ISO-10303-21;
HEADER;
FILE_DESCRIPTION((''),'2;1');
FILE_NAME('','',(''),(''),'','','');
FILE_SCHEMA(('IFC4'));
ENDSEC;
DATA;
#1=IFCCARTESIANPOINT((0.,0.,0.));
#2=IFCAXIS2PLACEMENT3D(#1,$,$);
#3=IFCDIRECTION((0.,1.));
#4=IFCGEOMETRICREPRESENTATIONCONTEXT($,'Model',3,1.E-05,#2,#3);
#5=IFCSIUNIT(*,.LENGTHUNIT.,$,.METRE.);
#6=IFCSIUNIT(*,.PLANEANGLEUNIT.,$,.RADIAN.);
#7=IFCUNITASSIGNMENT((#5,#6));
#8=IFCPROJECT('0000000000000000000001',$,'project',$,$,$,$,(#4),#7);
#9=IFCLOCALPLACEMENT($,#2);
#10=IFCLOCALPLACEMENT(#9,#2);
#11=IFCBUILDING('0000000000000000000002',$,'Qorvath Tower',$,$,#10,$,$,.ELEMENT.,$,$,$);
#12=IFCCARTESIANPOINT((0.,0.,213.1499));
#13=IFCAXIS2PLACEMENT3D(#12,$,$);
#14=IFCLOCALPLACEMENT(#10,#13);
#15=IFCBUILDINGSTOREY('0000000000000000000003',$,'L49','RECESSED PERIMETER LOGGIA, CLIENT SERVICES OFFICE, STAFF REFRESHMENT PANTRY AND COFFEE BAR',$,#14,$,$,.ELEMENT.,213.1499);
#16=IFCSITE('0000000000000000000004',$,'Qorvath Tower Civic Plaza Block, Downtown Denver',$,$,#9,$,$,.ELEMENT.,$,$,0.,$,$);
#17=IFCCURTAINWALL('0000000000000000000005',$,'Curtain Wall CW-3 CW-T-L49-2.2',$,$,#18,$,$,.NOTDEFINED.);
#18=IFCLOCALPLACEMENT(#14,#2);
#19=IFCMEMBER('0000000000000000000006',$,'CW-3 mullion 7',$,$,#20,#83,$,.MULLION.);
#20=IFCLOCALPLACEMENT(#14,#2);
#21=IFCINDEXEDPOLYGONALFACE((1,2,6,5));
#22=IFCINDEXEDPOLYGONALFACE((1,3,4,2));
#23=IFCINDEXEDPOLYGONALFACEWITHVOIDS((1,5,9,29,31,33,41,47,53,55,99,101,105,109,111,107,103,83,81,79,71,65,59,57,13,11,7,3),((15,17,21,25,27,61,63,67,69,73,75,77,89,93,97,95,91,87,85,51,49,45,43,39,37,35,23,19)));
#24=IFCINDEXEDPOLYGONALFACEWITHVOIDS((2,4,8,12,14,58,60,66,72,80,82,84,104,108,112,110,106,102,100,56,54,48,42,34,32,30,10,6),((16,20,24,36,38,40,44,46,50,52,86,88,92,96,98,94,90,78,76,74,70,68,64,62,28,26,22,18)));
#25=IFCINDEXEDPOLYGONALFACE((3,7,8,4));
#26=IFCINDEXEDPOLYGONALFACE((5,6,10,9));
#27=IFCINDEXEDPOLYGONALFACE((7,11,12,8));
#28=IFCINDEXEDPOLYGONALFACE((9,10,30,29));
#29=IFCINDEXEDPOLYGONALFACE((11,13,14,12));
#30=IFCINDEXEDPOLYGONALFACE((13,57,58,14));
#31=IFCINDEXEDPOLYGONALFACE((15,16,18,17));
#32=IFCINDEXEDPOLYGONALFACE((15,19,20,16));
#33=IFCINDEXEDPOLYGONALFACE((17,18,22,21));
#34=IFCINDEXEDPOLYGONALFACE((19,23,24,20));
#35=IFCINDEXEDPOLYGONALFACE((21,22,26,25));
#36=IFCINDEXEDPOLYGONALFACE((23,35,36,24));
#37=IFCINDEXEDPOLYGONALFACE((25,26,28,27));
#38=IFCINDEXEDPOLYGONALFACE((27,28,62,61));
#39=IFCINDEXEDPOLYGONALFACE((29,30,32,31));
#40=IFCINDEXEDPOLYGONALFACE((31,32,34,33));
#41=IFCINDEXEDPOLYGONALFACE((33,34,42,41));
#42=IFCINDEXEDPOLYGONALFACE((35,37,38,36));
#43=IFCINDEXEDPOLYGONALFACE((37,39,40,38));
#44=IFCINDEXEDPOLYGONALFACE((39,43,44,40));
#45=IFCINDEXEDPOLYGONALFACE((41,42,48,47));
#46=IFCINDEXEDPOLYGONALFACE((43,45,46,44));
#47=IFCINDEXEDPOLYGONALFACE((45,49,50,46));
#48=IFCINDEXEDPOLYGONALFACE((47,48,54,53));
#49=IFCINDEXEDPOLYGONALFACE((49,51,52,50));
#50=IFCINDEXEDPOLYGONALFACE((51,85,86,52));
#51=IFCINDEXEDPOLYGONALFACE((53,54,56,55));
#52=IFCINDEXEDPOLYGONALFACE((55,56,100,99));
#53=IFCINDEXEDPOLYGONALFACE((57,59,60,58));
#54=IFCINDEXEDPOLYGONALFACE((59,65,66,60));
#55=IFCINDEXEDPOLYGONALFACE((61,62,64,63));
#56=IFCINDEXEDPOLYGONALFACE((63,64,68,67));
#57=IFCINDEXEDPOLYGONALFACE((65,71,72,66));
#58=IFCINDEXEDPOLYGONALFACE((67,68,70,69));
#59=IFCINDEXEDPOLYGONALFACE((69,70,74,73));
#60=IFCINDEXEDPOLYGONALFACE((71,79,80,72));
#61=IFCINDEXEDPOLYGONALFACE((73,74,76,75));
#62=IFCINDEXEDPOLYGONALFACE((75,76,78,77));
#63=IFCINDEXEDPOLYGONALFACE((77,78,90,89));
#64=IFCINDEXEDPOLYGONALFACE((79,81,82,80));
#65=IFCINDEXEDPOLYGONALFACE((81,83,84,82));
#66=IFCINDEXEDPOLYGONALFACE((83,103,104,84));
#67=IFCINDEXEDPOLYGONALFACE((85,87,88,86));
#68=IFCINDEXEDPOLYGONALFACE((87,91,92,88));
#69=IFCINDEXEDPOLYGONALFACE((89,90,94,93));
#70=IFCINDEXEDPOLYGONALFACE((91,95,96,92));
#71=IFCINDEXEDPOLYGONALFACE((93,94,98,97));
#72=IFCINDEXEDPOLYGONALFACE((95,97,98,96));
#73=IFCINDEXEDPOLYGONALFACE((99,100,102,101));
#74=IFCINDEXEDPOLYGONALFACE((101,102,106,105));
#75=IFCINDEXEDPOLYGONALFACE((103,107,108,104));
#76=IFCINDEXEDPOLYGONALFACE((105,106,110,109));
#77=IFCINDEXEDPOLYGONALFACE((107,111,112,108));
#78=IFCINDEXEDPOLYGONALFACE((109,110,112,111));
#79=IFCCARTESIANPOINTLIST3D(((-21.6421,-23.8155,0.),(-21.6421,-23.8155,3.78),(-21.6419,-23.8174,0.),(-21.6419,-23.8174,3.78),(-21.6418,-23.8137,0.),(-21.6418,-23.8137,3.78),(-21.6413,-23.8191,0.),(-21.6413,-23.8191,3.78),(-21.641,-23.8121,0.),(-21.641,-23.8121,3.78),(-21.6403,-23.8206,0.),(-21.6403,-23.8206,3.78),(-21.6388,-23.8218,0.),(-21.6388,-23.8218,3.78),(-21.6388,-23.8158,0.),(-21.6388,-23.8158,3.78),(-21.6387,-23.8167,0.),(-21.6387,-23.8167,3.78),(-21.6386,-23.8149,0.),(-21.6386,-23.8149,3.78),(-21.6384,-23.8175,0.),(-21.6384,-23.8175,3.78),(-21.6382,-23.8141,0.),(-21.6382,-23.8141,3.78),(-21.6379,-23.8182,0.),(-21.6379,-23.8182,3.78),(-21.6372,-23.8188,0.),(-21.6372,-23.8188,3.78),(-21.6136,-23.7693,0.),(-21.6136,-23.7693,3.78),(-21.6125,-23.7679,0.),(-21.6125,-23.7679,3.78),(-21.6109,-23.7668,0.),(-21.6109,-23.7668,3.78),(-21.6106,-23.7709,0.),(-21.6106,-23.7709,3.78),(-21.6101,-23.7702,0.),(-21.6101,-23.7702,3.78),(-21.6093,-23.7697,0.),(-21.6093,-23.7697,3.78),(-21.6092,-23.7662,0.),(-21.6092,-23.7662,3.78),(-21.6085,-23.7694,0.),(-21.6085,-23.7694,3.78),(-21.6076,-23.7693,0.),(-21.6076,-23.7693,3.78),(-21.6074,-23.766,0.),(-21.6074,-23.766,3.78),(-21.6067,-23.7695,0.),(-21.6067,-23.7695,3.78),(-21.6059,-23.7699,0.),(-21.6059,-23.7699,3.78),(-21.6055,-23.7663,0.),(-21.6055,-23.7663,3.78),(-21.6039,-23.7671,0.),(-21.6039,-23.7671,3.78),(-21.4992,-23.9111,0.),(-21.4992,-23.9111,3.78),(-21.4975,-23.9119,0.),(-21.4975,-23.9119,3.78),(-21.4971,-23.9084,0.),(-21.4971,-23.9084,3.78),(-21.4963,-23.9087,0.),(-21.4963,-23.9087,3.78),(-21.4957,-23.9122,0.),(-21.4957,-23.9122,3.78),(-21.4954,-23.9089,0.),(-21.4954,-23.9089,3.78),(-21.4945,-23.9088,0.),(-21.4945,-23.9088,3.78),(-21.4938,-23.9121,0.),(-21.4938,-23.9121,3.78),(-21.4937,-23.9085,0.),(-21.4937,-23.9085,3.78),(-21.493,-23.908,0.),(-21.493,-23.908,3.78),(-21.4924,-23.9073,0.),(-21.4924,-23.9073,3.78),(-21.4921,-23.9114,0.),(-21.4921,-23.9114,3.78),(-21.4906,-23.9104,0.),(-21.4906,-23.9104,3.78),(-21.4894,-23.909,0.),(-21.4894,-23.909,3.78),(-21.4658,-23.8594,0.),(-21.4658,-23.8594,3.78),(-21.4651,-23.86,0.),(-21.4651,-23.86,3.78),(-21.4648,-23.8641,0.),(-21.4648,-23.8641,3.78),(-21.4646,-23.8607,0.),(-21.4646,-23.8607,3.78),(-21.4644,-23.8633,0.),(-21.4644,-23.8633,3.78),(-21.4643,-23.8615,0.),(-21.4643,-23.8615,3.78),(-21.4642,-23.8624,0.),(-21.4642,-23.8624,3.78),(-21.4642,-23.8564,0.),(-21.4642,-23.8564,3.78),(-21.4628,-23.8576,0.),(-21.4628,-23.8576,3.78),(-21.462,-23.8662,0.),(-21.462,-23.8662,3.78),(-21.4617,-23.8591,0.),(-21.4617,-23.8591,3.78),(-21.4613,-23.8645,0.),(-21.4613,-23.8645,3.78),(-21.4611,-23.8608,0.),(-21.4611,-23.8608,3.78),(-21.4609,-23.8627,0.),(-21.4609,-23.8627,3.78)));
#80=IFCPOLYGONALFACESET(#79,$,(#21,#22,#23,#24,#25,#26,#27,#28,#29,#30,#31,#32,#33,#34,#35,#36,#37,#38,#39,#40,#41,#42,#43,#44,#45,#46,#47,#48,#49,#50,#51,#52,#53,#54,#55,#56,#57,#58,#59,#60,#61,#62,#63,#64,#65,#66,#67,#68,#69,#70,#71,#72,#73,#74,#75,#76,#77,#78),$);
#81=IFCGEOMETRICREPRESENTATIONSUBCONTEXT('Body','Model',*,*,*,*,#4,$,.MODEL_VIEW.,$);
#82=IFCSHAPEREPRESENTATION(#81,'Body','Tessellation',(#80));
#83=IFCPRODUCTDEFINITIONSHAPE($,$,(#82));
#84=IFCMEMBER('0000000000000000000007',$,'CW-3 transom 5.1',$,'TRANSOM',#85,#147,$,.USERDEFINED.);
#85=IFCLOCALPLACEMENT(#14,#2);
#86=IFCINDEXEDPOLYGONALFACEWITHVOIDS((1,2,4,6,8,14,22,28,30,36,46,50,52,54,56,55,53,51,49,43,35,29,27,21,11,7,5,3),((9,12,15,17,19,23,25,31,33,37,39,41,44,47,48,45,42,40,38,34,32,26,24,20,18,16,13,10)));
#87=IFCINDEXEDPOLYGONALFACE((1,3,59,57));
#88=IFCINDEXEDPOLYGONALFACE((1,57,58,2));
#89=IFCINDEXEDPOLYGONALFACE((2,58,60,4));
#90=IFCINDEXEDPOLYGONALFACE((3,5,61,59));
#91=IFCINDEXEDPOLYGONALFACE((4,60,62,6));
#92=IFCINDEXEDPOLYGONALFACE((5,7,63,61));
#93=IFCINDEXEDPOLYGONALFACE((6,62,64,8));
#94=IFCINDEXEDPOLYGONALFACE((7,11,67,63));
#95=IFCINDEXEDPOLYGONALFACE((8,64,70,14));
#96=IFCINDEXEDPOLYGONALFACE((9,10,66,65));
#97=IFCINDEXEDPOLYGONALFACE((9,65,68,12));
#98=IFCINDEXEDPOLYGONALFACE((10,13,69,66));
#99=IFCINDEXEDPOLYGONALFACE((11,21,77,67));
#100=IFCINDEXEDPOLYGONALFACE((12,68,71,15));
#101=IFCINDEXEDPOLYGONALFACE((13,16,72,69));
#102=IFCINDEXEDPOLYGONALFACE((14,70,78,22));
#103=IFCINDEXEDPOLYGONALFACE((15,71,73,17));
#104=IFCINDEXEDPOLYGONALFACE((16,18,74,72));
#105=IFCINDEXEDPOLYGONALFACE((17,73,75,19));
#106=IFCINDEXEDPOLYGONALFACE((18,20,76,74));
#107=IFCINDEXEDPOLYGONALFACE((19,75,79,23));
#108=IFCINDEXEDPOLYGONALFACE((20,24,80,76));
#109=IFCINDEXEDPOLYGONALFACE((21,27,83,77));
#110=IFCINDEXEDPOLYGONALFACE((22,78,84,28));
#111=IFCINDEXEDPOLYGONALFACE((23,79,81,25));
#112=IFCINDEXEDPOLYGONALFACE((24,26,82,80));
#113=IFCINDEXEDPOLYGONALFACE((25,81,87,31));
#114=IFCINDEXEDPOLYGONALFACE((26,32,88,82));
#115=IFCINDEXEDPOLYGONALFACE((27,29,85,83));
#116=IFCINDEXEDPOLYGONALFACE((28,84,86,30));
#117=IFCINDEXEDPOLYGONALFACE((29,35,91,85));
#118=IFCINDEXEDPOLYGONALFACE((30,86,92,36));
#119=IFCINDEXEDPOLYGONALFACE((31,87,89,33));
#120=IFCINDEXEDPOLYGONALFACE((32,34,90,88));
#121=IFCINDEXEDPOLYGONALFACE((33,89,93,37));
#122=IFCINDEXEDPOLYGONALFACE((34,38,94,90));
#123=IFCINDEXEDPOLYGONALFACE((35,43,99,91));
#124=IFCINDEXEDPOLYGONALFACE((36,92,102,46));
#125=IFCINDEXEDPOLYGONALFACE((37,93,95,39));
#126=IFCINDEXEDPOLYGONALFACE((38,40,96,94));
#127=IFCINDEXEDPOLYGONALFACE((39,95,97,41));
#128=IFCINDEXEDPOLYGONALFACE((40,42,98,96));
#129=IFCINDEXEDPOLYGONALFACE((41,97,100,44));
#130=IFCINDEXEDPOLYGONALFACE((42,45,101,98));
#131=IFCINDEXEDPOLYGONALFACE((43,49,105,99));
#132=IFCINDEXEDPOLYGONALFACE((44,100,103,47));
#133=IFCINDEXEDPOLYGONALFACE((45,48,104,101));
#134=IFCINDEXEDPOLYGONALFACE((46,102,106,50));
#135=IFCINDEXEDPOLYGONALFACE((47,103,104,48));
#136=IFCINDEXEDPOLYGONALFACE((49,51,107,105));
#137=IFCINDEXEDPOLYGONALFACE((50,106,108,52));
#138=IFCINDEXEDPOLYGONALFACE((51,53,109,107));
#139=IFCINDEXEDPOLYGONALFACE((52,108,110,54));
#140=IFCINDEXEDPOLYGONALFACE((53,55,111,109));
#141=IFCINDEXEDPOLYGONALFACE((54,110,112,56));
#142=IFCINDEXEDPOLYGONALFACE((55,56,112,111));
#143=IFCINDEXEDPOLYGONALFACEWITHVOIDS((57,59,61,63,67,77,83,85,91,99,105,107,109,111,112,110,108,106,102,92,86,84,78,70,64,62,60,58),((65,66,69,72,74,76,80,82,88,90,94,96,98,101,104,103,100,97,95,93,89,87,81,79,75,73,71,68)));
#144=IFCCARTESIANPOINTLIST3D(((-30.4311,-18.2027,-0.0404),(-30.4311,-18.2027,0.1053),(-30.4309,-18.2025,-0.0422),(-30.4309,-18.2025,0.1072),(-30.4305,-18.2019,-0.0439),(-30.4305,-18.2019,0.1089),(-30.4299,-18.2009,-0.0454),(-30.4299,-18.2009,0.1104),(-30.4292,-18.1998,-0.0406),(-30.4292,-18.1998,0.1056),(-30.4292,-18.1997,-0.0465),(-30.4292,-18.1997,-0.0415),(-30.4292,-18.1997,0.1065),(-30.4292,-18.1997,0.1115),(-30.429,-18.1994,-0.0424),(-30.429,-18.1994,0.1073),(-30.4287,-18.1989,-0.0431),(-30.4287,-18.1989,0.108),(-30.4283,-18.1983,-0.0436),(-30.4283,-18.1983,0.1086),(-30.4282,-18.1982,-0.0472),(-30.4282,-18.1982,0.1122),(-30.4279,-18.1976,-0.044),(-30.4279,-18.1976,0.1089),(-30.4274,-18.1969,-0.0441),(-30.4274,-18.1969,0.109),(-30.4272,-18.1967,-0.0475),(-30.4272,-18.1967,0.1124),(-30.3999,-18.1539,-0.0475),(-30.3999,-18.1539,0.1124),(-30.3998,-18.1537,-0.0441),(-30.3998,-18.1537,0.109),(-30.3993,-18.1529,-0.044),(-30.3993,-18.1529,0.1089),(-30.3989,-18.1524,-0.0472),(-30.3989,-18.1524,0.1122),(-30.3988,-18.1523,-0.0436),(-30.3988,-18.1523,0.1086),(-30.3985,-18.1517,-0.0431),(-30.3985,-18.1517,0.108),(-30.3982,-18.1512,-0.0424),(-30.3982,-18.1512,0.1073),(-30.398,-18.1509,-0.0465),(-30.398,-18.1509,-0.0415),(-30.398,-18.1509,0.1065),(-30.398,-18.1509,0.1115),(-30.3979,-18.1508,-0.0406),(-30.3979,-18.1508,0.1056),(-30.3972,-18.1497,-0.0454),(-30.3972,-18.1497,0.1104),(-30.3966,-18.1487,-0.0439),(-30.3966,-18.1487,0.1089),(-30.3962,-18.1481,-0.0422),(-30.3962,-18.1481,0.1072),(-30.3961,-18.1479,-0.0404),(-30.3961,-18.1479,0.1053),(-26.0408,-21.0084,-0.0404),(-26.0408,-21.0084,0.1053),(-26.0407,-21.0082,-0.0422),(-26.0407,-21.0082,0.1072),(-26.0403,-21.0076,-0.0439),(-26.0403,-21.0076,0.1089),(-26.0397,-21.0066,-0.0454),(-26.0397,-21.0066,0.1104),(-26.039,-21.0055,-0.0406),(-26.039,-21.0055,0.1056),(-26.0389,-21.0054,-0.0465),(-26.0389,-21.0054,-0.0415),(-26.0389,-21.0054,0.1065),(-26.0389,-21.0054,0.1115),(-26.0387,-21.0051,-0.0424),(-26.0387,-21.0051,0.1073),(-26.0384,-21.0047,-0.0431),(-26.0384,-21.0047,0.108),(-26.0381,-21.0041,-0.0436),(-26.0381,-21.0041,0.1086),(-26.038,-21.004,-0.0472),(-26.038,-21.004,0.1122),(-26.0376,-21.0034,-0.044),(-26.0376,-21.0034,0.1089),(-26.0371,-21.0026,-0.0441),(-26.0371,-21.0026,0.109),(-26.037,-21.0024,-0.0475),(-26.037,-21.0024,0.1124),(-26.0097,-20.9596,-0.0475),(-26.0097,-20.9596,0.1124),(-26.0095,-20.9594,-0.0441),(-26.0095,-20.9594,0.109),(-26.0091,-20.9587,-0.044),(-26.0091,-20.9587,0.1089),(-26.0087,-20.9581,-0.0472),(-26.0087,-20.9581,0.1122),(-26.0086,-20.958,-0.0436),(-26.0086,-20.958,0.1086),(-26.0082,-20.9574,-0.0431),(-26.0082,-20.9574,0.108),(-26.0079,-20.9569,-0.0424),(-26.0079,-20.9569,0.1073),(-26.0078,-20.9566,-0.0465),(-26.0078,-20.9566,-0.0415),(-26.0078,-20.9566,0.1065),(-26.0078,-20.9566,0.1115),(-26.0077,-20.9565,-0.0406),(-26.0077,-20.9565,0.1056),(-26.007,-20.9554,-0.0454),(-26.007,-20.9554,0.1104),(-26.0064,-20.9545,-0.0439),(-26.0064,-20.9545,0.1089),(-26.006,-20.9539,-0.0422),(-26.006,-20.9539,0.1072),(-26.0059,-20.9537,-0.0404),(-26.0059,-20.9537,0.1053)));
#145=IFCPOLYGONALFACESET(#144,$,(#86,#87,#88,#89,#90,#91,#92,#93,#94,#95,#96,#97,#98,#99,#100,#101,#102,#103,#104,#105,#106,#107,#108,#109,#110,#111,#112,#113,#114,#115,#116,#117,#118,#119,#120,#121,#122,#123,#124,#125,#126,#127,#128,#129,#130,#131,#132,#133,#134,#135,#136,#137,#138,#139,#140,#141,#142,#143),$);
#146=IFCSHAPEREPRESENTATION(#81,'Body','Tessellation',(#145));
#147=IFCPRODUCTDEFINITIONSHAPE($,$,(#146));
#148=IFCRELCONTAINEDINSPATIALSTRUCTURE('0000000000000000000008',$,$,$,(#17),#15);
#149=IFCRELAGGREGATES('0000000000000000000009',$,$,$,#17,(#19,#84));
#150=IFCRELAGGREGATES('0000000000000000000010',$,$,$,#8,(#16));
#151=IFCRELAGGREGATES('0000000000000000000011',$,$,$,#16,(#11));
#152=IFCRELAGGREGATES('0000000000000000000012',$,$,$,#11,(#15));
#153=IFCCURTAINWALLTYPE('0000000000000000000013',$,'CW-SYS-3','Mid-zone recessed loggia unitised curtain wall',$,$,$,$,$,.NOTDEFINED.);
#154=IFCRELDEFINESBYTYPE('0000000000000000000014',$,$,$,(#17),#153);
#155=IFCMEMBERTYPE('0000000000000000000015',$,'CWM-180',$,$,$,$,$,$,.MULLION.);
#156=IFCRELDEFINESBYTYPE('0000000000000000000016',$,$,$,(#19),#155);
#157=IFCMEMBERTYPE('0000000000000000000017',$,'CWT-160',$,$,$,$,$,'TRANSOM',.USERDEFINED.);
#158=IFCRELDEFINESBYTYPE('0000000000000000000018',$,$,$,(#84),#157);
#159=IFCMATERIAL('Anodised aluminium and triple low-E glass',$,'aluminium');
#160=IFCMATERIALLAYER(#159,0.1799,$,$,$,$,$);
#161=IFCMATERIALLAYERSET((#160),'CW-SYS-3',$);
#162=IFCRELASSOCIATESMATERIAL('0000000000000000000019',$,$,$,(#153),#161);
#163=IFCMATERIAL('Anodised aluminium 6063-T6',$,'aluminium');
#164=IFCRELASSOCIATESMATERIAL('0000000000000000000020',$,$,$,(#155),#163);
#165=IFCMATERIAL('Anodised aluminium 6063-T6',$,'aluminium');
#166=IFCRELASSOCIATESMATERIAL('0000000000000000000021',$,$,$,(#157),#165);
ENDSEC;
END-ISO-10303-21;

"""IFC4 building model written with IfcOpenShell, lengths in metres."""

from ifc_helpers import new_model, si_unit, direction, frame, origin, origin_2d, place, context, subcontext, project, spatial, hollow_rectangle, extrude, material, layer, layer_set, material_profile, profile_set, type_object, element, aggregate, save


model = new_model("IFC4")

# Units and contexts
model_context = context("Model", 3, precision=1e-05, world=origin(), true_north=direction((0.0, 1.0)))
body_context = subcontext(model_context, "Body", "Model", "MODEL_VIEW")
ifc_project = project(units=[si_unit("LENGTHUNIT", "METRE"), si_unit("PLANEANGLEUNIT", "RADIAN")], contexts=[model_context])

# Site, building, storey
site_placement = place(None, origin())
site = spatial("IfcSite", under=ifc_project, at=site_placement, Name="Qorvath Tower Civic Plaza Block, Downtown Denver", CompositionType="ELEMENT", RefElevation=0.0)
building_placement = place(site_placement, origin())
building = spatial("IfcBuilding", under=site, at=building_placement, Name="Qorvath Tower", CompositionType="ELEMENT")
storey_placement = place(building_placement, frame((0.0, 0.0, 213.1499)))
storey = spatial("IfcBuildingStorey", under=building, at=storey_placement, Name="L49", Description="RECESSED PERIMETER LOGGIA, CLIENT SERVICES OFFICE, STAFF REFRESHMENT PANTRY AND COFFEE BAR", CompositionType="ELEMENT", Elevation=213.1499)

# Curtain wall, members
ifc_material_1 = material(Name="Anodised aluminium and triple low-E glass", Category="aluminium")
ifc_layer_1 = layer(ifc_material_1, 0.1799)
ifc_layer_set_1 = layer_set([ifc_layer_1], Name="CW-SYS-3")
curtain_wall_type = type_object("IfcCurtainWallType", Name="CW-SYS-3", Description="Mid-zone recessed loggia unitised curtain wall", PredefinedType="NOTDEFINED", material=ifc_layer_set_1)
curtain_wall_placement = place(storey_placement, origin())
curtain_wall = element("IfcCurtainWall", 1, at=curtain_wall_placement, inside=storey, type_object=curtain_wall_type, Name="Curtain Wall CW-3 CW-T-L49-2.2", PredefinedType="NOTDEFINED")
ifc_material_2 = material(Name="Anodised aluminium 6063-T6", Category="aluminium")
ifc_material_profile_1 = material_profile(ifc_material_2, hollow_rectangle(XDim=0.0649, YDim=0.1799, WallThickness=0.0034, InnerFilletRadius=0.0034, OuterFilletRadius=0.0071, at=origin_2d()), Name="CWM 180x65")
ifc_profile_set_1 = profile_set([ifc_material_profile_1], Name="Anodised aluminium 6063-T6")
member_type_1 = type_object("IfcMemberType", Name="CWM-180", PredefinedType="MULLION", material=ifc_profile_set_1)
member_1_placement = place(storey_placement, frame((-21.5515, -23.8391, 0.0), z_axis=(0.0, 0.0, 1.0), x_axis=(0.538533, 0.842605, 0.0)))
member_1 = element("IfcMember", 2, at=member_1_placement, type_object=member_type_1, Name="CW-3 mullion 7", PredefinedType="MULLION", context=body_context, shape_type="SweptSolid", body=[
    extrude(hollow_rectangle(XDim=0.0649, YDim=0.1799, WallThickness=0.0034, InnerFilletRadius=0.0034, OuterFilletRadius=0.0071, at=origin_2d()), origin(), (0.0, 0.0, 1.0), 3.78),
])
ifc_material_3 = material(Name="Anodised aluminium 6063-T6", Category="aluminium")
ifc_material_profile_2 = material_profile(ifc_material_3, hollow_rectangle(XDim=0.0649, YDim=0.1599, WallThickness=0.0034, InnerFilletRadius=0.0034, OuterFilletRadius=0.0071, at=origin_2d()), Name="CWT 160x65")
ifc_profile_set_2 = profile_set([ifc_material_profile_2], Name="Anodised aluminium 6063-T6")
member_type_2 = type_object("IfcMemberType", Name="CWT-160", ElementType="TRANSOM", PredefinedType="USERDEFINED", material=ifc_profile_set_2)
member_2_placement = place(storey_placement, frame((-30.4136, -18.1753, 0.0325), z_axis=(0.842622, -0.538506, 0.0), x_axis=(0.538506, 0.842622, 0.0)))
member_2 = element("IfcMember", 3, at=member_2_placement, type_object=member_type_2, Name="CW-3 transom 5.1", ObjectType="TRANSOM", PredefinedType="USERDEFINED", context=body_context, shape_type="SweptSolid", body=[
    extrude(hollow_rectangle(XDim=0.0649, YDim=0.1599, WallThickness=0.0034, InnerFilletRadius=0.0034, OuterFilletRadius=0.0071, at=origin_2d()), origin(), (0.0, 0.0, 1.0), 5.2102),
])
aggregate(curtain_wall, [member_1, member_2])

save(model, "model.ifc")
